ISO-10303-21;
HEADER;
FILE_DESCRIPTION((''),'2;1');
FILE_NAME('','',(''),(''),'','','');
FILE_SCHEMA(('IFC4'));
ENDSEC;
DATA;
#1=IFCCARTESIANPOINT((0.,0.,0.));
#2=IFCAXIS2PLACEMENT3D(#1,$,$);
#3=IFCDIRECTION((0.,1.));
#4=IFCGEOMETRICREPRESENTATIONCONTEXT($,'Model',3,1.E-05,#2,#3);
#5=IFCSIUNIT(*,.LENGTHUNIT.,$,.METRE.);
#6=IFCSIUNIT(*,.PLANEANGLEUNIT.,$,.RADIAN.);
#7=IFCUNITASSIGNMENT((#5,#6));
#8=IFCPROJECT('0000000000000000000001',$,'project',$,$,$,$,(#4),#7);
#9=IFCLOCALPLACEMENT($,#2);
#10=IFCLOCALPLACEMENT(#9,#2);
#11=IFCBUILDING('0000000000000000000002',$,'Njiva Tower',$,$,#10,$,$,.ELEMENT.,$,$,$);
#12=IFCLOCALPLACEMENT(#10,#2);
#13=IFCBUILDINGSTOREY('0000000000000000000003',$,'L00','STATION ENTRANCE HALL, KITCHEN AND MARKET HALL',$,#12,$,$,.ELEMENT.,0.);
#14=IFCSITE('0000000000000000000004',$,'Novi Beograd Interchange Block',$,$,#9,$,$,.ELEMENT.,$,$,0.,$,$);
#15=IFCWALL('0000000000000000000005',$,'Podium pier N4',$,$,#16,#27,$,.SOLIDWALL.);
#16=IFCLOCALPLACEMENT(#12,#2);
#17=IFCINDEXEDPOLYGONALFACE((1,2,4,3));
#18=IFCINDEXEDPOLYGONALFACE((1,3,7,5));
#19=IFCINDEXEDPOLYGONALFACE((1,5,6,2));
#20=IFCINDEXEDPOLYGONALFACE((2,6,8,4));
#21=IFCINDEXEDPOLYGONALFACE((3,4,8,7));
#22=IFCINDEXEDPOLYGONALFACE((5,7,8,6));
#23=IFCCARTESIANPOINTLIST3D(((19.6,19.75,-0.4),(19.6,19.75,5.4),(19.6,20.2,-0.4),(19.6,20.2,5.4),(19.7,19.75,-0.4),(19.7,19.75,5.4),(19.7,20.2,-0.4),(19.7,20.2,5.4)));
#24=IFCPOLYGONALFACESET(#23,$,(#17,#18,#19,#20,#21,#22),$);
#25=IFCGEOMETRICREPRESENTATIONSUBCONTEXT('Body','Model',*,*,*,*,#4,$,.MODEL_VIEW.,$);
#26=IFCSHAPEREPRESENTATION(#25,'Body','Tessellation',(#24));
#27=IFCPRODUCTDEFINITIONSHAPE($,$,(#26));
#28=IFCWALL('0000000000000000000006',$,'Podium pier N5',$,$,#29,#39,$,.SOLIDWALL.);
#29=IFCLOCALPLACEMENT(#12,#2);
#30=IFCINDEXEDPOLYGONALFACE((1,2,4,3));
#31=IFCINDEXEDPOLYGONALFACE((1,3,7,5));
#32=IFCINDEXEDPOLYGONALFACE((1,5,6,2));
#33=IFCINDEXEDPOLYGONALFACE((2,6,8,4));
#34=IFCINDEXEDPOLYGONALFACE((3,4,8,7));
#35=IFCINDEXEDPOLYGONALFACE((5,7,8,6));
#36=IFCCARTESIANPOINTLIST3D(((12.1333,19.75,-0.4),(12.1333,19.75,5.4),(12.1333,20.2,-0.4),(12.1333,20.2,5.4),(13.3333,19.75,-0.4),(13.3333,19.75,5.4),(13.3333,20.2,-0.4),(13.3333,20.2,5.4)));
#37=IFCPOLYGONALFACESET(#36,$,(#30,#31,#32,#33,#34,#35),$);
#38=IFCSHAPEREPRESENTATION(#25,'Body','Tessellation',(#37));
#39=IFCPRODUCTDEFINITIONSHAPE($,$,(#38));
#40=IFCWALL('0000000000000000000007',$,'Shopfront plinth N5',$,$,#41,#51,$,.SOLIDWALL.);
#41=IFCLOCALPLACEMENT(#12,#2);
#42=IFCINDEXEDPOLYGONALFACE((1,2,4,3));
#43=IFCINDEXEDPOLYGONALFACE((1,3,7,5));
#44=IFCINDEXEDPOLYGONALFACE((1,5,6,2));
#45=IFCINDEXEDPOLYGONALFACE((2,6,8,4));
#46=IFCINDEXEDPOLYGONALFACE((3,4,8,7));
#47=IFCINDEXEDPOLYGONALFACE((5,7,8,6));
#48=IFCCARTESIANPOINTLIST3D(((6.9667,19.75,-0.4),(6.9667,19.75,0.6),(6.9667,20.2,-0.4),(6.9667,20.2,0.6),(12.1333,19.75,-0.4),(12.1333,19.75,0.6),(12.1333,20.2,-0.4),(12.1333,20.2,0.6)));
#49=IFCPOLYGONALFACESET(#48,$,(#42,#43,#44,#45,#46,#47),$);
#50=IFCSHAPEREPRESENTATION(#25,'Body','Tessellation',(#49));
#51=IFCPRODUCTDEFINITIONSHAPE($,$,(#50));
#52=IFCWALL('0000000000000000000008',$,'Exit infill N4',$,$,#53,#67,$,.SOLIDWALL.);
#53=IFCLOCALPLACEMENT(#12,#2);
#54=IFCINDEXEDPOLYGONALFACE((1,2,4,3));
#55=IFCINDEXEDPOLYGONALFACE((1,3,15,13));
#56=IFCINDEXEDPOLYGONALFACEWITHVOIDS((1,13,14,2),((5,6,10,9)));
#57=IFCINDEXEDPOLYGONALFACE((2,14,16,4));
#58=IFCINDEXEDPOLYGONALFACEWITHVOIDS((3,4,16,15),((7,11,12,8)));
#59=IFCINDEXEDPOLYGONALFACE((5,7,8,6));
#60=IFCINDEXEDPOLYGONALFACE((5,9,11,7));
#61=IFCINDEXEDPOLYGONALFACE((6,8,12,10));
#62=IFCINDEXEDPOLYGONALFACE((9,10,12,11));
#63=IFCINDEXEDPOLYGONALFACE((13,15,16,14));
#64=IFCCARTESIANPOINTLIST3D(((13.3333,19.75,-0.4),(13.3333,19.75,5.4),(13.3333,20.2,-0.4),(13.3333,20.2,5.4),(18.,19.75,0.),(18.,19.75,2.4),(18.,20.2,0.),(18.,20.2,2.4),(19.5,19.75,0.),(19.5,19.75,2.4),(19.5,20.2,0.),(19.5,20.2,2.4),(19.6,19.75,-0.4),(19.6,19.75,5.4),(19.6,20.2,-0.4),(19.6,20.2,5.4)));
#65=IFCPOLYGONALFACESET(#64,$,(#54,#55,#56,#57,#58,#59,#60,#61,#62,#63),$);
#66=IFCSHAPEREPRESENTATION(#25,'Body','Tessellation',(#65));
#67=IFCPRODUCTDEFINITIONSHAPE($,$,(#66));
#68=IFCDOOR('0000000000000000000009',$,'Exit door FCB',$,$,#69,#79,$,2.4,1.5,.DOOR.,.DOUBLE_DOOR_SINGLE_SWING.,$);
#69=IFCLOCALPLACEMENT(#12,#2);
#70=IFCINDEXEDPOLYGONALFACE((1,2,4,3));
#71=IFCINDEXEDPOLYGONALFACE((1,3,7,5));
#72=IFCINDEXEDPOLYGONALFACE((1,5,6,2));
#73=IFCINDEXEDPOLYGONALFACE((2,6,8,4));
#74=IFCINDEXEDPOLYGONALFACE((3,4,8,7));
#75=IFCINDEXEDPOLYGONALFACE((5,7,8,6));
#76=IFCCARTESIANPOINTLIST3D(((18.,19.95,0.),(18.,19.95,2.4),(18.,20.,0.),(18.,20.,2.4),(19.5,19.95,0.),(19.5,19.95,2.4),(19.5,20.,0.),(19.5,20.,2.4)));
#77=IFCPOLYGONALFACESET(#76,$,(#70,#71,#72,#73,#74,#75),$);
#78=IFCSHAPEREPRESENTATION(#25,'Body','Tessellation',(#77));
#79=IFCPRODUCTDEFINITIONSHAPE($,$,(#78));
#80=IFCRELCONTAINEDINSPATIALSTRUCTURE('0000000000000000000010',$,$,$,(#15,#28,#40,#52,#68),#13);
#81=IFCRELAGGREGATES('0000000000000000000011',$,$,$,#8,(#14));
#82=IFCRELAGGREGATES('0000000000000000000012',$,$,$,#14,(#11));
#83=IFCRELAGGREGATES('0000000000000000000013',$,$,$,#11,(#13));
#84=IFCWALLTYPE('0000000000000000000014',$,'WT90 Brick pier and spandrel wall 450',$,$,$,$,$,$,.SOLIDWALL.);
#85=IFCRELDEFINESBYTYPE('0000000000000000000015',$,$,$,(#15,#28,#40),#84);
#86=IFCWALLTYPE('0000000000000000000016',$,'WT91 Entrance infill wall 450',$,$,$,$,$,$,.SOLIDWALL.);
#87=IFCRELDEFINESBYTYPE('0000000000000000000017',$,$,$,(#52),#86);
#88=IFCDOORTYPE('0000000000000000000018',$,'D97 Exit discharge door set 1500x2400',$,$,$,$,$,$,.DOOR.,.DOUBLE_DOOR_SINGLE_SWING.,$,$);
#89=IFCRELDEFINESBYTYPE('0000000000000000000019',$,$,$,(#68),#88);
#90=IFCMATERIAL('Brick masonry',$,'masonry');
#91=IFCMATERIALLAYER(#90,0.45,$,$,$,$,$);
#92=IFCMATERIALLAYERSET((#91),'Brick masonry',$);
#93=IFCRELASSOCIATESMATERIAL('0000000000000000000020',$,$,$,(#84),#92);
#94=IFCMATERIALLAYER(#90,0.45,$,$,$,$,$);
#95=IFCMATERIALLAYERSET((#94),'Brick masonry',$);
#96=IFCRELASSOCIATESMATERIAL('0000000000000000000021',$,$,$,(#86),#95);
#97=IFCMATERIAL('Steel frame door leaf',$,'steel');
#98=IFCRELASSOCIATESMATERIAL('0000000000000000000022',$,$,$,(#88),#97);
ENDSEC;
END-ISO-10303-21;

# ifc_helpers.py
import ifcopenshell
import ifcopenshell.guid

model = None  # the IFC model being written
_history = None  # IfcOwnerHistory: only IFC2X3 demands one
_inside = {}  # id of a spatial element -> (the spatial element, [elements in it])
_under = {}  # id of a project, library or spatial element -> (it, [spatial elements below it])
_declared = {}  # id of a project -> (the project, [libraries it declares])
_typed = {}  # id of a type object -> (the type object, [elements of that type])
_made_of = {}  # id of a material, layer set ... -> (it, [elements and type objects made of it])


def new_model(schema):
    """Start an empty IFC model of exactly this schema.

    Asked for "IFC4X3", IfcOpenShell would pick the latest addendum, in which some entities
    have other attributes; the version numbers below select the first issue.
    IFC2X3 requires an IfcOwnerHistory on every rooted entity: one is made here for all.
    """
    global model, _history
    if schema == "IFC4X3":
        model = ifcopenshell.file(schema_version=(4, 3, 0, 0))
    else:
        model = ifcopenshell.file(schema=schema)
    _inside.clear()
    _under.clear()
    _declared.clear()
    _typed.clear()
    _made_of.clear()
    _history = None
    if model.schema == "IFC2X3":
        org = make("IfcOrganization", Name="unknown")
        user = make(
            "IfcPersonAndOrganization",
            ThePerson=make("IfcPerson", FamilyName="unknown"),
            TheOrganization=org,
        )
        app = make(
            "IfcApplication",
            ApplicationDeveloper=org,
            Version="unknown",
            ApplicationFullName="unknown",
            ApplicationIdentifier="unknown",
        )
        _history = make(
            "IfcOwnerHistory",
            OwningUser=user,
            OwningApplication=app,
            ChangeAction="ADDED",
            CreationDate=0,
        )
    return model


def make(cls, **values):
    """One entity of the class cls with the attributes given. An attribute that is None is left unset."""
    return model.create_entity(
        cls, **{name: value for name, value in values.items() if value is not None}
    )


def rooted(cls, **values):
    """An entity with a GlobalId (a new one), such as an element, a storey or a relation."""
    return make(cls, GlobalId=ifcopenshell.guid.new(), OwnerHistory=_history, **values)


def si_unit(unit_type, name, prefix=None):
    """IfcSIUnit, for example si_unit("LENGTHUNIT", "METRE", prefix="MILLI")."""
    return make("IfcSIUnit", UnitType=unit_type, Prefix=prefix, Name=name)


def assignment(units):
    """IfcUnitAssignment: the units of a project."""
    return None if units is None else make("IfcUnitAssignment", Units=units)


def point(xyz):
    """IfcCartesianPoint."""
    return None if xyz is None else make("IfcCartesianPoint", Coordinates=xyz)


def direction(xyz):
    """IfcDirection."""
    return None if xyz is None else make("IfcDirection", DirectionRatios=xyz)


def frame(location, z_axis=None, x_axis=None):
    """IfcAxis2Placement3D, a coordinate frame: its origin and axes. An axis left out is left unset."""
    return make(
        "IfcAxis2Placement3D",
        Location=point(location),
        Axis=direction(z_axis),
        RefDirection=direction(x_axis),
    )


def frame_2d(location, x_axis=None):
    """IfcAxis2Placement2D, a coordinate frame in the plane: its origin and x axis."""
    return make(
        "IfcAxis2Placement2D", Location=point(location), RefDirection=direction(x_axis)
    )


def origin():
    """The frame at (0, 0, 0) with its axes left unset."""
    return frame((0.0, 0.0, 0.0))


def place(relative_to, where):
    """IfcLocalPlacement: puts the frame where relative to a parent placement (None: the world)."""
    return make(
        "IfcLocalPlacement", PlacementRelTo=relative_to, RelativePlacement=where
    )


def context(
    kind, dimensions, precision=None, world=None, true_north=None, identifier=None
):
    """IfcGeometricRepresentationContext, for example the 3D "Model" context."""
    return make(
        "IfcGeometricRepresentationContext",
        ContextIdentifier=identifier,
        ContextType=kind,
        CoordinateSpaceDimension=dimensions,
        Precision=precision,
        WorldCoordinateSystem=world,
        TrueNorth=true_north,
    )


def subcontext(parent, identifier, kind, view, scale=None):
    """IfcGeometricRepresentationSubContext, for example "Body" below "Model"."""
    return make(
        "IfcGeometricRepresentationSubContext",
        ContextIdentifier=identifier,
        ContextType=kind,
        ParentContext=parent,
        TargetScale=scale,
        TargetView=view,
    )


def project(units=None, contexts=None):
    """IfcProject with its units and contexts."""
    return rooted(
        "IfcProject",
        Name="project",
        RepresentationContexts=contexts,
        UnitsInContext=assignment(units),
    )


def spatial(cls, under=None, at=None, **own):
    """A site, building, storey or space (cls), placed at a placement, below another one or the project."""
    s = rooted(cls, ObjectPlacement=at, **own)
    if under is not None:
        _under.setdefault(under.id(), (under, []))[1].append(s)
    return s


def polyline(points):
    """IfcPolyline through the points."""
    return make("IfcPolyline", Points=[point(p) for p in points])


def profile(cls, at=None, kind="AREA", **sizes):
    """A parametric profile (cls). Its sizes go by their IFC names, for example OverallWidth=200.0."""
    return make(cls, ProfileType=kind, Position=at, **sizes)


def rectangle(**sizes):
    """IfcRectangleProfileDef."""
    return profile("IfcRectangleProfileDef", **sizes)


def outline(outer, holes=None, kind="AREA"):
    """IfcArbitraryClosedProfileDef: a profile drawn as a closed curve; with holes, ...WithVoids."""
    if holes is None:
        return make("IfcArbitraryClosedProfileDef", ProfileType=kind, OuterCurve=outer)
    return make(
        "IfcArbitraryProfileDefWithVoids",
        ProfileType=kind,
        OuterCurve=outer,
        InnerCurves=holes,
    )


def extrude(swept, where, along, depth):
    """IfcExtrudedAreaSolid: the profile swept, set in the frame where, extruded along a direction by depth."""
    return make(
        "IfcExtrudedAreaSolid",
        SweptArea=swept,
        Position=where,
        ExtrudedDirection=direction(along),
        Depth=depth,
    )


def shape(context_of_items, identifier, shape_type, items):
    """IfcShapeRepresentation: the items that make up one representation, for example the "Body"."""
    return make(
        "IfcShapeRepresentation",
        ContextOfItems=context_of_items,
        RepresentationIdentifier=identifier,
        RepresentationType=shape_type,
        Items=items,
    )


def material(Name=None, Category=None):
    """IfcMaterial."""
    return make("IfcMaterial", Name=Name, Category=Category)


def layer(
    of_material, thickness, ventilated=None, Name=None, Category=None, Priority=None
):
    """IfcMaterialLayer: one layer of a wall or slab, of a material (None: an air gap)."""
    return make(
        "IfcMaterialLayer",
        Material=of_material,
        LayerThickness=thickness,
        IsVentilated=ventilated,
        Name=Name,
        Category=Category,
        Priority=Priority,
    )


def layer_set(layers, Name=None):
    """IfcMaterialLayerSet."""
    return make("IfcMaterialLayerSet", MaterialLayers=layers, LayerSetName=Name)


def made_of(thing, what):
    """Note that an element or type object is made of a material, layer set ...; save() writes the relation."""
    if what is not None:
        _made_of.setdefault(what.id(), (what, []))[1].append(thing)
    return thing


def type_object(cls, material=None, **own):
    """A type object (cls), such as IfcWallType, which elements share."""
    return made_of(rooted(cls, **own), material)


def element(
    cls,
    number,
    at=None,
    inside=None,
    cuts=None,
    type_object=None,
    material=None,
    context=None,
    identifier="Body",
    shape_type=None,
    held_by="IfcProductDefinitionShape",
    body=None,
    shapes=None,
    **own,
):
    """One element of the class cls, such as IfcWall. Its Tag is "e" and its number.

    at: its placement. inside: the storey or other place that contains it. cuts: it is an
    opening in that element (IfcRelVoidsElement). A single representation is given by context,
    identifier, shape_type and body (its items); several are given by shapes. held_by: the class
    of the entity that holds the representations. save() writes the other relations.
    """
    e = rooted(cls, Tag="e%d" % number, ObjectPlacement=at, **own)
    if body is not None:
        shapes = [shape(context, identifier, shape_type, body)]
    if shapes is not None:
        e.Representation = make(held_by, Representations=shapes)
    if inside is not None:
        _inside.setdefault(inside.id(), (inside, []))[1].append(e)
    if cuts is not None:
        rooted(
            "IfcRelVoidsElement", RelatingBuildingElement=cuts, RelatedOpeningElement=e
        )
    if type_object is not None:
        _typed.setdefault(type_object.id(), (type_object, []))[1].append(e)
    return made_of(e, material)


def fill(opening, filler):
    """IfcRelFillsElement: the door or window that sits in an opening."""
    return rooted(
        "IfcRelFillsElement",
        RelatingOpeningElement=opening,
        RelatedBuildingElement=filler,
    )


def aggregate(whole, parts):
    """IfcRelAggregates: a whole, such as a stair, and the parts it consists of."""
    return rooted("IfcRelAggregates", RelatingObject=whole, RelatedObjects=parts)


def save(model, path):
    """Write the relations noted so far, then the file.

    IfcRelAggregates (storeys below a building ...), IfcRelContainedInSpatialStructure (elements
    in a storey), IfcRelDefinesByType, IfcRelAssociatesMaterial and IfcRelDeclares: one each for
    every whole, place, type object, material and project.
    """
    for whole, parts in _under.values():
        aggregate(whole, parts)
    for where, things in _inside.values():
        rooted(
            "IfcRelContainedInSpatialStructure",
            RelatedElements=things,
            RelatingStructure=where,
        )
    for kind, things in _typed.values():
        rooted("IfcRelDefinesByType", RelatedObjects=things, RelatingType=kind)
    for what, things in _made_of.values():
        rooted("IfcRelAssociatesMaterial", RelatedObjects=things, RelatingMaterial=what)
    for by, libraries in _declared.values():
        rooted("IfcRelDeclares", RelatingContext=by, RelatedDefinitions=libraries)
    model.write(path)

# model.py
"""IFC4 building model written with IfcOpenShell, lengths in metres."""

from ifc_helpers import new_model, si_unit, direction, frame, frame_2d, origin, place, context, subcontext, project, spatial, polyline, rectangle, outline, extrude, material, layer, layer_set, type_object, element, fill, save


model = new_model("IFC4")

# Units and contexts
model_context = context("Model", 3, precision=1e-05, world=origin(), true_north=direction((0.0, 1.0)))
body_context = subcontext(model_context, "Body", "Model", "MODEL_VIEW")
ifc_project = project(units=[si_unit("LENGTHUNIT", "METRE"), si_unit("PLANEANGLEUNIT", "RADIAN")], contexts=[model_context])

# Site, building, storey
site_placement = place(None, origin())
site = spatial("IfcSite", under=ifc_project, at=site_placement, Name="Novi Beograd Interchange Block", CompositionType="ELEMENT", RefElevation=0.0)
building_placement = place(site_placement, origin())
building = spatial("IfcBuilding", under=site, at=building_placement, Name="Njiva Tower", CompositionType="ELEMENT")
storey_placement = place(building_placement, origin())
storey = spatial("IfcBuildingStorey", under=building, at=storey_placement, Name="L00", Description="STATION ENTRANCE HALL, KITCHEN AND MARKET HALL", CompositionType="ELEMENT", Elevation=0.0)

# Walls
ifc_material_1 = material(Name="Brick masonry", Category="masonry")
ifc_layer_1 = layer(ifc_material_1, 0.45)
ifc_layer_set_1 = layer_set([ifc_layer_1], Name="Brick masonry")
wall_type_1 = type_object("IfcWallType", Name="WT90 Brick pier and spandrel wall 450", PredefinedType="SOLIDWALL", material=ifc_layer_set_1)
wall_1_placement = place(storey_placement, frame((19.7, 19.975, -0.4), z_axis=(0.0, 0.0, 1.0), x_axis=(-1.0, 0.0, 0.0)))
element("IfcWall", 1, at=wall_1_placement, inside=storey, type_object=wall_type_1, Name="Podium pier N4", PredefinedType="SOLIDWALL", context=body_context, shape_type="SweptSolid", body=[
    extrude(outline(polyline([(0.0, -0.225), (0.1, -0.225), (0.1, 0.225), (0.0, 0.225), (0.0, -0.225)])), origin(), (0.0, 0.0, 1.0), 5.8),
])
wall_2_placement = place(storey_placement, frame((13.3333, 19.975, -0.4), z_axis=(0.0, 0.0, 1.0), x_axis=(-1.0, 0.0, 0.0)))
element("IfcWall", 2, at=wall_2_placement, inside=storey, type_object=wall_type_1, Name="Podium pier N5", PredefinedType="SOLIDWALL", context=body_context, shape_type="SweptSolid", body=[
    extrude(outline(polyline([(0.0, -0.225), (1.2, -0.225), (1.2, 0.225), (0.0, 0.225), (0.0, -0.225)])), origin(), (0.0, 0.0, 1.0), 5.8),
])
wall_3_placement = place(storey_placement, frame((12.1333, 19.975, -0.4), z_axis=(0.0, 0.0, 1.0), x_axis=(-1.0, 0.0, 0.0)))
element("IfcWall", 3, at=wall_3_placement, inside=storey, type_object=wall_type_1, Name="Shopfront plinth N5", PredefinedType="SOLIDWALL", context=body_context, shape_type="SweptSolid", body=[
    extrude(outline(polyline([(0.0, -0.225), (5.1666, -0.225), (5.1666, 0.225), (0.0, 0.225), (0.0, -0.225)])), origin(), (0.0, 0.0, 1.0), 1.0),
])

# Wall, opening, door
ifc_layer_2 = layer(ifc_material_1, 0.45)
ifc_layer_set_2 = layer_set([ifc_layer_2], Name="Brick masonry")
wall_type_2 = type_object("IfcWallType", Name="WT91 Entrance infill wall 450", PredefinedType="SOLIDWALL", material=ifc_layer_set_2)
wall_4_placement = place(storey_placement, frame((19.6, 19.975, -0.4), z_axis=(0.0, 0.0, 1.0), x_axis=(-1.0, 0.0, 0.0)))
wall_4 = element("IfcWall", 4, at=wall_4_placement, inside=storey, type_object=wall_type_2, Name="Exit infill N4", PredefinedType="SOLIDWALL", context=body_context, shape_type="SweptSolid", body=[
    extrude(outline(polyline([(0.0, -0.225), (6.2667, -0.225), (6.2667, 0.225), (0.0, 0.225), (0.0, -0.225)])), origin(), (0.0, 0.0, 1.0), 5.8),
])
opening_1_placement = place(wall_4_placement, frame((0.1, 0.0, 0.4)))
opening_1 = element("IfcOpeningElement", 5, at=opening_1_placement, cuts=wall_4, PredefinedType="OPENING", context=body_context, shape_type="SweptSolid", body=[
    extrude(rectangle(XDim=1.5, YDim=2.4, at=frame_2d((0.75, 1.2))), frame((0.0, 0.235, 0.0), z_axis=(0.0, -1.0, 0.0), x_axis=(1.0, 0.0, 0.0)), (0.0, 0.0, 1.0), 0.47),
])
ifc_material_2 = material(Name="Steel frame door leaf", Category="steel")
door_type_1 = type_object("IfcDoorType", Name="D97 Exit discharge door set 1500x2400", OperationType="DOUBLE_DOOR_SINGLE_SWING", PredefinedType="DOOR", material=ifc_material_2)
door_1_placement = place(opening_1_placement, frame((1.5, 0.0, 0.0), z_axis=(0.0, 0.0, 1.0), x_axis=(-1.0, 0.0, 0.0)))
door_1 = element("IfcDoor", 6, at=door_1_placement, inside=storey, type_object=door_type_1, Name="Exit door FCB", OperationType="DOUBLE_DOOR_SINGLE_SWING", OverallHeight=2.4, OverallWidth=1.5, PredefinedType="DOOR", context=body_context, shape_type="SweptSolid", body=[
    extrude(rectangle(XDim=1.5, YDim=2.4, at=frame_2d((0.75, 1.2))), frame((0.0, 0.025, 0.0), z_axis=(0.0, -1.0, 0.0), x_axis=(1.0, 0.0, 0.0)), (0.0, 0.0, 1.0), 0.05),
])
fill(opening_1, door_1)

save(model, "model.ifc")
